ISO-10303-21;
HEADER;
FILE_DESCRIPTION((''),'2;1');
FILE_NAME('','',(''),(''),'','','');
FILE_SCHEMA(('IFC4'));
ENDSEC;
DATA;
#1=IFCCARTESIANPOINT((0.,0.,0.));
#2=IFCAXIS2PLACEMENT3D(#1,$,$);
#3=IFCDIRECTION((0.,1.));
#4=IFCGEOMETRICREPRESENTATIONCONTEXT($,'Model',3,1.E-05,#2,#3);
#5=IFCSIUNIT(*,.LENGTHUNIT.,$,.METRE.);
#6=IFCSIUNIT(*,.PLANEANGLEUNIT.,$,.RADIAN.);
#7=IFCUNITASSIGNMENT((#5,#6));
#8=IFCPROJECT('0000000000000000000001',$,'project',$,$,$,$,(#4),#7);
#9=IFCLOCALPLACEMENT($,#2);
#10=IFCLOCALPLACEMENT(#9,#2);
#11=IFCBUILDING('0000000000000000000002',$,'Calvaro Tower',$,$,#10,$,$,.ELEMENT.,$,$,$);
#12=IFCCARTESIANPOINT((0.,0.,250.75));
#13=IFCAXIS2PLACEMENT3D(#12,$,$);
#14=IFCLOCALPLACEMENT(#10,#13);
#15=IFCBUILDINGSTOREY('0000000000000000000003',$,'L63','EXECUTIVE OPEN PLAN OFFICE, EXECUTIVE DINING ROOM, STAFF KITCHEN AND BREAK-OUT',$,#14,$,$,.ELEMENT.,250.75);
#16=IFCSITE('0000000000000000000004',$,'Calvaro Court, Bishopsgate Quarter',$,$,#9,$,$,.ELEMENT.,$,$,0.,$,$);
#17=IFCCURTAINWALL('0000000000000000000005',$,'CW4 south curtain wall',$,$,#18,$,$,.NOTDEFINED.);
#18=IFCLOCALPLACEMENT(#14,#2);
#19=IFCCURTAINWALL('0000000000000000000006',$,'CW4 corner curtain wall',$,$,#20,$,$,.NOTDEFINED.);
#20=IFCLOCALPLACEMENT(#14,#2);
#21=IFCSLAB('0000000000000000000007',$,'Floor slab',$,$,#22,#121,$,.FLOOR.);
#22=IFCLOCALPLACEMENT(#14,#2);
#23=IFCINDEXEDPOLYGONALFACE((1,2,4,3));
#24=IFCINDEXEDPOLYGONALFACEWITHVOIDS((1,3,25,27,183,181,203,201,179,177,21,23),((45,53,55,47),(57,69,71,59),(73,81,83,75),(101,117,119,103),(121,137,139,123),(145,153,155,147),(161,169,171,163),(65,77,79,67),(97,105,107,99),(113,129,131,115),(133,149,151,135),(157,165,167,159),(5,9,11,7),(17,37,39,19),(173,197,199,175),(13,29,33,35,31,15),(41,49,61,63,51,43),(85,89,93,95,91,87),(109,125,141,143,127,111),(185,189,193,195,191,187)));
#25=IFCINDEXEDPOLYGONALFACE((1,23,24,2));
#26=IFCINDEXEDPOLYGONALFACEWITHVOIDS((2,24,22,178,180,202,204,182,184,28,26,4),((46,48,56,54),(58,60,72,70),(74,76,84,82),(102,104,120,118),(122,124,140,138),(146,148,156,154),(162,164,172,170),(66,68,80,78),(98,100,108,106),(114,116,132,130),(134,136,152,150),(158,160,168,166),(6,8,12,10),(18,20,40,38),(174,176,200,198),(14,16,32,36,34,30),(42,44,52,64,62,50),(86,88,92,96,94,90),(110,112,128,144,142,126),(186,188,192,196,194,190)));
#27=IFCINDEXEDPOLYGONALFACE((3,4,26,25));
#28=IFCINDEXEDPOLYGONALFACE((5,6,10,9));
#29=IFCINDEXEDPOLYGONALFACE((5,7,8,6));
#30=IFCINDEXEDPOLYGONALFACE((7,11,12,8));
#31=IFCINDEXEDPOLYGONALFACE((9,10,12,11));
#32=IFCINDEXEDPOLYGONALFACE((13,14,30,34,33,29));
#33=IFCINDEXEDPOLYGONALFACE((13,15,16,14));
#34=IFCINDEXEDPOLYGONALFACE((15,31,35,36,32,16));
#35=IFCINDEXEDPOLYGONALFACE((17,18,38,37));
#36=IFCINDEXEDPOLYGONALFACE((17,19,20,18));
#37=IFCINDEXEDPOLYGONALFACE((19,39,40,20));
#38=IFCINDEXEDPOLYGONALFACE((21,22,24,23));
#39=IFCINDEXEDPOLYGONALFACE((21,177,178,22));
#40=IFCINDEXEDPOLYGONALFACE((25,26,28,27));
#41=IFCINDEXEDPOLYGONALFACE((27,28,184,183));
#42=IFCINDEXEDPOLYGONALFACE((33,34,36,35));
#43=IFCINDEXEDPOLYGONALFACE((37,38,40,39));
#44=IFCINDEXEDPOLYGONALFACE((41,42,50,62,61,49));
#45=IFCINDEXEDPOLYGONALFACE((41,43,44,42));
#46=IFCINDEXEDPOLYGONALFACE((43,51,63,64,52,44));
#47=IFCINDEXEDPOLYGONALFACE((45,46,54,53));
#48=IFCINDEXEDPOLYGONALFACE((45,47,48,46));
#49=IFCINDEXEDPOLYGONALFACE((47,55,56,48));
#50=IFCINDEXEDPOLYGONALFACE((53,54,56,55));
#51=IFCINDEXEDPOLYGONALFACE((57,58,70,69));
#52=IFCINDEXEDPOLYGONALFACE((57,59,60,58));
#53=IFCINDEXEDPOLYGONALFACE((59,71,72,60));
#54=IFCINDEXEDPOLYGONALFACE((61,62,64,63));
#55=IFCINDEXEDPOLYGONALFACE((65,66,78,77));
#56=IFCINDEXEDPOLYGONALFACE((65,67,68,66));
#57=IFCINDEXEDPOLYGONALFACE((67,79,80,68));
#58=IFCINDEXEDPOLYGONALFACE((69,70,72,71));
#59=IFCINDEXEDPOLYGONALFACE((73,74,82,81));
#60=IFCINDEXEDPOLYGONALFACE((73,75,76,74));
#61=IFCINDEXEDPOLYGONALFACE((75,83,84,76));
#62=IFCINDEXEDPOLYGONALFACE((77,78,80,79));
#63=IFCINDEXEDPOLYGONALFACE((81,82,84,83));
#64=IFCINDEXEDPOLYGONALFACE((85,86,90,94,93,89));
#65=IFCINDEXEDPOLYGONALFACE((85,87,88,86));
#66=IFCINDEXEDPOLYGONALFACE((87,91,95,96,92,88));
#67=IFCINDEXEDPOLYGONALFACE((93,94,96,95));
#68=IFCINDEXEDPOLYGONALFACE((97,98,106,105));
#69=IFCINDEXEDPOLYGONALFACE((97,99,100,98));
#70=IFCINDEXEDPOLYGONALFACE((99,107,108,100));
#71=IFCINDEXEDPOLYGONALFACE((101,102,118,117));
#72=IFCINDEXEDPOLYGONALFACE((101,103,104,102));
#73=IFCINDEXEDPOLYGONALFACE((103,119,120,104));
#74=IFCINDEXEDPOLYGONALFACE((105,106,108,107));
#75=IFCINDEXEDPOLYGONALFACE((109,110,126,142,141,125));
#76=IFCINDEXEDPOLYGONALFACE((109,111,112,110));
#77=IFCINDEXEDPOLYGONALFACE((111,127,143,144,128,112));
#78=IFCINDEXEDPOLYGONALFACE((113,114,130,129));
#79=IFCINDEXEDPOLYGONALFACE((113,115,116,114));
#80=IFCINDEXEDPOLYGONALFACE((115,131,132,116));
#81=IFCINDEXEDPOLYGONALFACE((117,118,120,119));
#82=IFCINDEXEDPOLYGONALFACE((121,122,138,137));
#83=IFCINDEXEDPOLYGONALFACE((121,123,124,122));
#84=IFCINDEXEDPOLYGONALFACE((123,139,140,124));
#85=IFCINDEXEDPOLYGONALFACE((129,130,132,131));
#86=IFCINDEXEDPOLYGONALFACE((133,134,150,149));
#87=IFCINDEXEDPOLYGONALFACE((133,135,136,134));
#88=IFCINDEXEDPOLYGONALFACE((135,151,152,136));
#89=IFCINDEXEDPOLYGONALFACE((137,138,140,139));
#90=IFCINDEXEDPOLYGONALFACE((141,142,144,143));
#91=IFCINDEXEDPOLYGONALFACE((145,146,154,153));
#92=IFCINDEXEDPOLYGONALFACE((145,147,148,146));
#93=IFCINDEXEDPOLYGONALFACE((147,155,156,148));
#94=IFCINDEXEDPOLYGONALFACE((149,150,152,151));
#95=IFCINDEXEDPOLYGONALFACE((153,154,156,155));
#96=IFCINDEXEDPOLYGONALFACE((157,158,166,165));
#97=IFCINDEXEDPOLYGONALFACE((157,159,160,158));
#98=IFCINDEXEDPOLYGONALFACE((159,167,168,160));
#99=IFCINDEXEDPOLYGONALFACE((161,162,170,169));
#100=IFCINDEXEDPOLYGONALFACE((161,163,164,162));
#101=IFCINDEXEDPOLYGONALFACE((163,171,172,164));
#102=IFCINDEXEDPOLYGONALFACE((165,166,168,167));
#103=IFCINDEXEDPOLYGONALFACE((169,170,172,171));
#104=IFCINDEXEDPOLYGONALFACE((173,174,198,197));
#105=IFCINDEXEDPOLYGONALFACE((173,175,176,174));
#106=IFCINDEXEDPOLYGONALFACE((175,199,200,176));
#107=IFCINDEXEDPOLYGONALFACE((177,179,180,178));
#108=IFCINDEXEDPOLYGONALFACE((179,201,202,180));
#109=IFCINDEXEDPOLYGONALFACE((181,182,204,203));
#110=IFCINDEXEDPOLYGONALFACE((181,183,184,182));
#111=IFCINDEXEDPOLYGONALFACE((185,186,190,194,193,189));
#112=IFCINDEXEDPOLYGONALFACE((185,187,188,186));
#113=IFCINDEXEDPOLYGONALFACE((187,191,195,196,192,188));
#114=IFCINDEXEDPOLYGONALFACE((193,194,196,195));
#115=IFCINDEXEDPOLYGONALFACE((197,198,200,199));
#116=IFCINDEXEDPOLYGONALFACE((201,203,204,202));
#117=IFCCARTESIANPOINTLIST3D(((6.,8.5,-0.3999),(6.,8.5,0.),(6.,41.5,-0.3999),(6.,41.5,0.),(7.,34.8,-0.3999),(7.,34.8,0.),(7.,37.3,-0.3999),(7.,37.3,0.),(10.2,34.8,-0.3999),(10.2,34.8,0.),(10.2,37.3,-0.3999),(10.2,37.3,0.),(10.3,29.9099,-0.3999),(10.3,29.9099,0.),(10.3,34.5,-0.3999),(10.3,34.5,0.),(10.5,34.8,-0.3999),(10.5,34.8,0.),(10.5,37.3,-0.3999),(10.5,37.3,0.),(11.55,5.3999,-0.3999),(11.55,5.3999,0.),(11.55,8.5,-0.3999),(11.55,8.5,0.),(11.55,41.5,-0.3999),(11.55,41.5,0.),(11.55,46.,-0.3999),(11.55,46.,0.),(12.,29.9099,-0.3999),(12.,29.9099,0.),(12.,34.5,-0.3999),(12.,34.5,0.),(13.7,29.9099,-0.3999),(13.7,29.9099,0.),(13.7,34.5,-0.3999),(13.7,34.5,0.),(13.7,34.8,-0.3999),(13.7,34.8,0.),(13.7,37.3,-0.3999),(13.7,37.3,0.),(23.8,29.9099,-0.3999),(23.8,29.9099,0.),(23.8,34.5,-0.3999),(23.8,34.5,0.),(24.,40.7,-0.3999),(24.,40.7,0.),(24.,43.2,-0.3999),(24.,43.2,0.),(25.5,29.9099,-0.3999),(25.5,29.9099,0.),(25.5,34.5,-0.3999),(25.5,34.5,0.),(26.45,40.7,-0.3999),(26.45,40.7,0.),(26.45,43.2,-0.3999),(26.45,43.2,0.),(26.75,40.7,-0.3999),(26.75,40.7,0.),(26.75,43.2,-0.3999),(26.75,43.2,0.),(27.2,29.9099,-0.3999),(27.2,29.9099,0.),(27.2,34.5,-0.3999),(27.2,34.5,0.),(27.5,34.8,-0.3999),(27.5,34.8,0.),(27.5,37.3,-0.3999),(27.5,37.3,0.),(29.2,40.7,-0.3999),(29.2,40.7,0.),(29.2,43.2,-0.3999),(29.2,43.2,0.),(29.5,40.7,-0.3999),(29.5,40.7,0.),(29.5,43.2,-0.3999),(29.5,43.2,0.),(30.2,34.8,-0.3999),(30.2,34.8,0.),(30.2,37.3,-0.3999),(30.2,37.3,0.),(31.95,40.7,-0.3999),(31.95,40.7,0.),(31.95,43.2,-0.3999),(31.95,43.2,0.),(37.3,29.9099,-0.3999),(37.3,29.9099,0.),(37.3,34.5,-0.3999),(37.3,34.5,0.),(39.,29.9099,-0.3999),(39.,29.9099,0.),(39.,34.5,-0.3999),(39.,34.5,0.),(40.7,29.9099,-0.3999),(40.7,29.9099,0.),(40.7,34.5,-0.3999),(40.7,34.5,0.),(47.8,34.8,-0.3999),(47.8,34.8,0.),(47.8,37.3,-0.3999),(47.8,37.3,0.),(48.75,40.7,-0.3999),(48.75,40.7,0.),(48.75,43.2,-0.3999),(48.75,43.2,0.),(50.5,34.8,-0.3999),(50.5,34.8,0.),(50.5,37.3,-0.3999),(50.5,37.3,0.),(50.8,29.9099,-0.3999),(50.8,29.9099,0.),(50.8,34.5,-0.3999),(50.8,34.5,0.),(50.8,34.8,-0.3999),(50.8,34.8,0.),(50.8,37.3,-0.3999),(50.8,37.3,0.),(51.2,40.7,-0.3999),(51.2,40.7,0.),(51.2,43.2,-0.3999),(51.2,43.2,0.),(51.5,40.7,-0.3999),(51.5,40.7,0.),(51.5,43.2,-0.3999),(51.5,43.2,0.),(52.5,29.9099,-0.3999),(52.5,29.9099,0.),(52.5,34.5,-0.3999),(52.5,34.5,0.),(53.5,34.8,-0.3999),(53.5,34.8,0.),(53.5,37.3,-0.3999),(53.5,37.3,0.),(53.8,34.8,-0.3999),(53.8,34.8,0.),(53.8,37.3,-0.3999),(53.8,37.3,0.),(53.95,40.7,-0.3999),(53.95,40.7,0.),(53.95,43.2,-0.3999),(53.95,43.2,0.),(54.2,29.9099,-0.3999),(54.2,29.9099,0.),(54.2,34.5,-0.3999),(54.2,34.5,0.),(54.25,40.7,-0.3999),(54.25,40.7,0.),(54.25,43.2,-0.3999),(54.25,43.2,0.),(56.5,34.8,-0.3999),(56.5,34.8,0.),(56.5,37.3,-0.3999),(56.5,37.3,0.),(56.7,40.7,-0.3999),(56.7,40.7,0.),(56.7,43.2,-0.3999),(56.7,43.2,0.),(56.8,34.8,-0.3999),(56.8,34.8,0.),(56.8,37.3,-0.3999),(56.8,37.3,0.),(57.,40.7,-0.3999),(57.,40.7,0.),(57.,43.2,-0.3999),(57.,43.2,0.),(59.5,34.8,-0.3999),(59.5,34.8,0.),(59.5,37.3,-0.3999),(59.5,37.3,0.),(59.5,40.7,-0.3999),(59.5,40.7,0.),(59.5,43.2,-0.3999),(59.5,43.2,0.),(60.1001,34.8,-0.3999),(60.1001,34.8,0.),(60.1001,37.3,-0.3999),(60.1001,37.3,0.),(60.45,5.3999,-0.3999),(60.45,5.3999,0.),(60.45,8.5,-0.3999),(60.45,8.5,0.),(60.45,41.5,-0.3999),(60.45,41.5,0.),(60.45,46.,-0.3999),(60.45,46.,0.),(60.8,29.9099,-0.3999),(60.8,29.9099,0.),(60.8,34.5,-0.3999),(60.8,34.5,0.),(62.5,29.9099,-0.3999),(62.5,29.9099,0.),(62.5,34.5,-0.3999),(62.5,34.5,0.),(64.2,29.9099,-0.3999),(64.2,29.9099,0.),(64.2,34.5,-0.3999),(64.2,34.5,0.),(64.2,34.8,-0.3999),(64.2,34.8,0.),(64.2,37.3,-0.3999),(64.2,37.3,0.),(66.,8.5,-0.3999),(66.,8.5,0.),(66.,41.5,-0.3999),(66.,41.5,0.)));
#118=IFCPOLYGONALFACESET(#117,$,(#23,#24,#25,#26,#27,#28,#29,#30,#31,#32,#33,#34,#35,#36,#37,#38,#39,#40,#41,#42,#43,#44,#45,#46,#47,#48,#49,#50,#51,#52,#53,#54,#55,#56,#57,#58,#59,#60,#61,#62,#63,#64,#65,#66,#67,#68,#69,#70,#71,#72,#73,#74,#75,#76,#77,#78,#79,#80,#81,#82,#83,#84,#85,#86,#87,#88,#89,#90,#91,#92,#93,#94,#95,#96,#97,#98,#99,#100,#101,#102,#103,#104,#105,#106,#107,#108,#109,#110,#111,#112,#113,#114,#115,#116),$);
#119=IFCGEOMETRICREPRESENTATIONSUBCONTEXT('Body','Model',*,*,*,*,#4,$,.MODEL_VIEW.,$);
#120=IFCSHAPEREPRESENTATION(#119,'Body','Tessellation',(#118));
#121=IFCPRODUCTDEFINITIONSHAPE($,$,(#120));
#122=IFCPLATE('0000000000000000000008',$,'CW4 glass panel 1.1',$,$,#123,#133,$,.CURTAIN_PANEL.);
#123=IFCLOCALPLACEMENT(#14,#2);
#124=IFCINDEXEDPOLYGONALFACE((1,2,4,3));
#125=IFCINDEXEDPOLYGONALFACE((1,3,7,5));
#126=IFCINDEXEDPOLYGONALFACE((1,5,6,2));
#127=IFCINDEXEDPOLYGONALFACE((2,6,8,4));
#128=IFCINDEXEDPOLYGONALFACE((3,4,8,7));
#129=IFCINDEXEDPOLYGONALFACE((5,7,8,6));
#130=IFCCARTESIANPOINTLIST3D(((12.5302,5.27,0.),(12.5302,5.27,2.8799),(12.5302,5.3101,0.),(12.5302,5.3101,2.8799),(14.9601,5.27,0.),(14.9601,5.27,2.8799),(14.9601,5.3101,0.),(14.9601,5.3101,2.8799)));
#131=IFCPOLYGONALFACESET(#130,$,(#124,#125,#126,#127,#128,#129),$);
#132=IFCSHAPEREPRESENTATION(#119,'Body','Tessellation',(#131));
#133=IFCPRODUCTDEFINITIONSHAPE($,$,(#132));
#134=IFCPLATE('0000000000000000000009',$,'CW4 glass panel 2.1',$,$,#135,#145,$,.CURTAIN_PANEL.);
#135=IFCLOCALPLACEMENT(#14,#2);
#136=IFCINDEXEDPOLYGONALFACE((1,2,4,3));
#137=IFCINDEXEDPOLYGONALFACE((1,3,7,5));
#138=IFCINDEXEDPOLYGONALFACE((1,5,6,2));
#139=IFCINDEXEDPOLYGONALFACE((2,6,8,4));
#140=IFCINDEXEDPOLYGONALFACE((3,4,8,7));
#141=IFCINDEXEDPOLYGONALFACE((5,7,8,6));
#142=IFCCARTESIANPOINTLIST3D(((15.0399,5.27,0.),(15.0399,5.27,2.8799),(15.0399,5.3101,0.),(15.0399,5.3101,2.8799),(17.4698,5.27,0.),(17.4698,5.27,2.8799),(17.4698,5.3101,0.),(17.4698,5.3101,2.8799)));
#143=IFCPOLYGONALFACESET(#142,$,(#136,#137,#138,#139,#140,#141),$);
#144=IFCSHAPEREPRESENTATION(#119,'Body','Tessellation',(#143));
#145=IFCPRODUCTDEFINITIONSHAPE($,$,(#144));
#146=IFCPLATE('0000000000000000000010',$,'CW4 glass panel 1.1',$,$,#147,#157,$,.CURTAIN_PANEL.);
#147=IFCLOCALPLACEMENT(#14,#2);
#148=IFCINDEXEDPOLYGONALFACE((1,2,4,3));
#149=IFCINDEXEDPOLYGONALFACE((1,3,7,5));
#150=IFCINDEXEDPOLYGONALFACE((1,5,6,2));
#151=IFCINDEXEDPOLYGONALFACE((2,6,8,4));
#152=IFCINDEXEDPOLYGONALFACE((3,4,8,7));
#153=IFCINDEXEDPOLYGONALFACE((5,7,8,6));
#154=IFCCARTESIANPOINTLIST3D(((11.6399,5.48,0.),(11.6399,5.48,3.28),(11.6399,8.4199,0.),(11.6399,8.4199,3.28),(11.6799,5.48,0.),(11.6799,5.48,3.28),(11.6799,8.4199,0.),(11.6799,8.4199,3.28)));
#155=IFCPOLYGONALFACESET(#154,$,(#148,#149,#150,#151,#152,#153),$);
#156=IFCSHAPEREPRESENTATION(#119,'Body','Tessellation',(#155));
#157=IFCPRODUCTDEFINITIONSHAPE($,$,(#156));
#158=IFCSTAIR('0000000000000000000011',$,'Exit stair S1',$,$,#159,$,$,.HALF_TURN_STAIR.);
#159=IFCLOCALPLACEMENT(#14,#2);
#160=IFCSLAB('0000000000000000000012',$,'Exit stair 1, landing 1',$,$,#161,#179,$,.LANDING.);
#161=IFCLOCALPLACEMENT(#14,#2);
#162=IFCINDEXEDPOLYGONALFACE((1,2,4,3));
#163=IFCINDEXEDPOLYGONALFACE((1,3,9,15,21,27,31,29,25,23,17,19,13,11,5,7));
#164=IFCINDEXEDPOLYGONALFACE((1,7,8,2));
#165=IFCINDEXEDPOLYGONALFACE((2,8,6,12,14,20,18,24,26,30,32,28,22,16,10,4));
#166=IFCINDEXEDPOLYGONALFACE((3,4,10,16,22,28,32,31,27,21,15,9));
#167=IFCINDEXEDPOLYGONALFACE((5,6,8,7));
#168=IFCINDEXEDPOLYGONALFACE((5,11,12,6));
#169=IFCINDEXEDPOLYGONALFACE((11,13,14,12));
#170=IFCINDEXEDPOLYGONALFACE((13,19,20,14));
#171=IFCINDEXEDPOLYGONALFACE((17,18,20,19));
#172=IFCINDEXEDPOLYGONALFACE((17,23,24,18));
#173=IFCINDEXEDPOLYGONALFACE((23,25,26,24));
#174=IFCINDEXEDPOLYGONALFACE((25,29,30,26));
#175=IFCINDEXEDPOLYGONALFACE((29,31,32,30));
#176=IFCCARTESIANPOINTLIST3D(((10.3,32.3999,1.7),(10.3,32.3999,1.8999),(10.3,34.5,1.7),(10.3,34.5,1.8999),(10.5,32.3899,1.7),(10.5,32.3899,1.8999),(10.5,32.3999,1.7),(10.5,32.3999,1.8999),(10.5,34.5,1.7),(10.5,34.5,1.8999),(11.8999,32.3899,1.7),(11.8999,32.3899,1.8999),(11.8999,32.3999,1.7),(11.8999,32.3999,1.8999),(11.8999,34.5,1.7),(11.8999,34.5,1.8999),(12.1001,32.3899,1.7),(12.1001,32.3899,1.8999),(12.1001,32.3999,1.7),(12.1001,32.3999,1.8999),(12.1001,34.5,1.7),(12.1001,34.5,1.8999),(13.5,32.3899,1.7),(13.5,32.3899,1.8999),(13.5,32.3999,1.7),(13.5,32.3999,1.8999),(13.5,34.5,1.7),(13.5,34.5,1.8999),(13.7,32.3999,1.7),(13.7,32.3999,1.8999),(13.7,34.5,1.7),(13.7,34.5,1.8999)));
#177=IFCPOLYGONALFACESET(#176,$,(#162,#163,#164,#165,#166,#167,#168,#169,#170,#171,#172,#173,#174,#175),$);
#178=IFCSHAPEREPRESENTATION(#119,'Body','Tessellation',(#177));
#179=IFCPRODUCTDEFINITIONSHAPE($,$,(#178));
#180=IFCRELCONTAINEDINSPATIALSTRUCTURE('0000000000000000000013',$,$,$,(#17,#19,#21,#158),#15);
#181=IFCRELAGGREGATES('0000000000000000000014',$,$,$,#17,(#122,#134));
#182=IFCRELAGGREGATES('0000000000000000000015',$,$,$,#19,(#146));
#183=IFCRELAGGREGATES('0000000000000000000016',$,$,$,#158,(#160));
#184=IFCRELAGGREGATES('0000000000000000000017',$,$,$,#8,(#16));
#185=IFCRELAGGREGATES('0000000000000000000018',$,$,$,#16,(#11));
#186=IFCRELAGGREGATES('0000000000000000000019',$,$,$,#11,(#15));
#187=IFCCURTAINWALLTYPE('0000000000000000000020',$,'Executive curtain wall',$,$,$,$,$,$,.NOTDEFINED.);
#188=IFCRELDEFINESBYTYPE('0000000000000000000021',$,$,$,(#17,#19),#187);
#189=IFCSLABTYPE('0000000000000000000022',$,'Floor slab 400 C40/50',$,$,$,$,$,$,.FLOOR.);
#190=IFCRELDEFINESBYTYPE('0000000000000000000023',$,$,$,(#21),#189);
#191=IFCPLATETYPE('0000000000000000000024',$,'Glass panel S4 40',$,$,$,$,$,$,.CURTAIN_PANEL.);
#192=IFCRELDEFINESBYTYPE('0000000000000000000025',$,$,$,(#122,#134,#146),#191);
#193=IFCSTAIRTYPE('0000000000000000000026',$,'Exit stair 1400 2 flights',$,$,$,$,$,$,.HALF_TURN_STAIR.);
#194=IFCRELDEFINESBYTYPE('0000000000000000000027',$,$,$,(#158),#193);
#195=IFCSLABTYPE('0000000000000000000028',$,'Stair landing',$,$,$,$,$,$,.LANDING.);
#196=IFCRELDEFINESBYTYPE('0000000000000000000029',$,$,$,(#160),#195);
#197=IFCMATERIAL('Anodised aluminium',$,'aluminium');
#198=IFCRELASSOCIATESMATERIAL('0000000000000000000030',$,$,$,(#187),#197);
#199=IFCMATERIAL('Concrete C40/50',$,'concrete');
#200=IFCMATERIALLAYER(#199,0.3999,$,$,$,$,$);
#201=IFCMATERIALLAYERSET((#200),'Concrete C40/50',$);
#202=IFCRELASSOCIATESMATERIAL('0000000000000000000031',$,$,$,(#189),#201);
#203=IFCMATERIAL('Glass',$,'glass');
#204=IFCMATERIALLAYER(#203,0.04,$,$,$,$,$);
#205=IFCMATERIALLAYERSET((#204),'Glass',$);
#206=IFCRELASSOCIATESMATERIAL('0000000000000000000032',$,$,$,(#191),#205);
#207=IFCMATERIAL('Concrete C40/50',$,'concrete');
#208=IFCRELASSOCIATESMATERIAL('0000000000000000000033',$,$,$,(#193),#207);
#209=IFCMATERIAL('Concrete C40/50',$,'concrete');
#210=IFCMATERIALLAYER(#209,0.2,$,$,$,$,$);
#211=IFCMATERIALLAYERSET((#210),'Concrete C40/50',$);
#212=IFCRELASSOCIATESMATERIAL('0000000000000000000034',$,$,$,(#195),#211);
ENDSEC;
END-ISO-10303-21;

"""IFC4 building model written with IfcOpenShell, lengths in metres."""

from ifc_helpers import new_model, si_unit, direction, frame, origin, origin_2d, place, context, subcontext, project, spatial, polyline, rectangle, outline, extrude, material, layer, layer_set, type_object, element, aggregate, save


model = new_model("IFC4")

# Units and contexts
model_context = context("Model", 3, precision=1e-05, world=origin(), true_north=direction((0.0, 1.0)))
body_context = subcontext(model_context, "Body", "Model", "MODEL_VIEW")
ifc_project = project(units=[si_unit("LENGTHUNIT", "METRE"), si_unit("PLANEANGLEUNIT", "RADIAN")], contexts=[model_context])

# Site, building, storey
site_placement = place(None, origin())
site = spatial("IfcSite", under=ifc_project, at=site_placement, Name="Calvaro Court, Bishopsgate Quarter", CompositionType="ELEMENT", RefElevation=0.0)
building_placement = place(site_placement, origin())
building = spatial("IfcBuilding", under=site, at=building_placement, Name="Calvaro Tower", CompositionType="ELEMENT")
storey_placement = place(building_placement, frame((0.0, 0.0, 250.75)))
storey = spatial("IfcBuildingStorey", under=building, at=storey_placement, Name="L63", Description="EXECUTIVE OPEN PLAN OFFICE, EXECUTIVE DINING ROOM, STAFF KITCHEN AND BREAK-OUT", CompositionType="ELEMENT", Elevation=250.75)

# Curtain wall
ifc_material_1 = material(Name="Anodised aluminium", Category="aluminium")
curtain_wall_type = type_object("IfcCurtainWallType", Name="Executive curtain wall", PredefinedType="NOTDEFINED", material=ifc_material_1)
curtain_wall_1_placement = place(storey_placement, origin())
curtain_wall_1 = element("IfcCurtainWall", 1, at=curtain_wall_1_placement, inside=storey, type_object=curtain_wall_type, Name="CW4 south curtain wall", PredefinedType="NOTDEFINED")

# Curtain wall
curtain_wall_2_placement = place(storey_placement, origin())
curtain_wall_2 = element("IfcCurtainWall", 2, at=curtain_wall_2_placement, inside=storey, type_object=curtain_wall_type, Name="CW4 corner curtain wall", PredefinedType="NOTDEFINED")

# Slab
ifc_material_2 = material(Name="Concrete C40/50", Category="concrete")
ifc_layer_1 = layer(ifc_material_2, 0.3999)
ifc_layer_set_1 = layer_set([ifc_layer_1], Name="Concrete C40/50")
slab_type_1 = type_object("IfcSlabType", Name="Floor slab 400 C40/50", PredefinedType="FLOOR", material=ifc_layer_set_1)
slab_1_placement = place(storey_placement, frame((0.0, 0.0, -0.3999)))
element("IfcSlab", 3, at=slab_1_placement, inside=storey, type_object=slab_type_1, Name="Floor slab", PredefinedType="FLOOR", context=body_context, shape_type="SweptSolid", body=[
    extrude(outline(polyline([(60.45, 8.5), (60.45, 5.3999), (11.55, 5.3999), (11.55, 8.5), (6.0, 8.5), (6.0, 41.5), (11.55, 41.5), (11.55, 46.0), (60.45, 46.0), (60.45, 41.5), (66.0, 41.5), (66.0, 8.5), (60.45, 8.5)]), holes=[polyline([(10.3, 29.9099), (10.3, 34.5), (12.0, 34.5), (13.7, 34.5), (13.7, 29.9099), (12.0, 29.9099), (10.3, 29.9099)]), polyline([(23.8, 29.9099), (23.8, 34.5), (25.5, 34.5), (27.2, 34.5), (27.2, 29.9099), (25.5, 29.9099), (23.8, 29.9099)]), polyline([(37.3, 29.9099), (37.3, 34.5), (39.0, 34.5), (40.7, 34.5), (40.7, 29.9099), (39.0, 29.9099), (37.3, 29.9099)]), polyline([(50.8, 29.9099), (50.8, 34.5), (52.5, 34.5), (54.2, 34.5), (54.2, 29.9099), (52.5, 29.9099), (50.8, 29.9099)]), polyline([(60.8, 29.9099), (60.8, 34.5), (62.5, 34.5), (64.2, 34.5), (64.2, 29.9099), (62.5, 29.9099), (60.8, 29.9099)]), polyline([(50.8, 34.8), (53.5, 34.8), (53.5, 37.3), (50.8, 37.3), (50.8, 34.8)]), polyline([(53.8, 34.8), (56.5, 34.8), (56.5, 37.3), (53.8, 37.3), (53.8, 34.8)]), polyline([(56.8, 34.8), (59.5, 34.8), (59.5, 37.3), (56.8, 37.3), (56.8, 34.8)]), polyline([(24.0, 40.7), (26.45, 40.7), (26.45, 43.2), (24.0, 43.2), (24.0, 40.7)]), polyline([(26.75, 40.7), (29.2, 40.7), (29.2, 43.2), (26.75, 43.2), (26.75, 40.7)]), polyline([(29.5, 40.7), (31.95, 40.7), (31.95, 43.2), (29.5, 43.2), (29.5, 40.7)]), polyline([(48.75, 40.7), (51.2, 40.7), (51.2, 43.2), (48.75, 43.2), (48.75, 40.7)]), polyline([(51.5, 40.7), (53.95, 40.7), (53.95, 43.2), (51.5, 43.2), (51.5, 40.7)]), polyline([(54.25, 40.7), (56.7, 40.7), (56.7, 43.2), (54.25, 43.2), (54.25, 40.7)]), polyline([(57.0, 40.7), (59.5, 40.7), (59.5, 43.2), (57.0, 43.2), (57.0, 40.7)]), polyline([(7.0, 34.8), (10.2, 34.8), (10.2, 37.3), (7.0, 37.3), (7.0, 34.8)]), polyline([(10.5, 34.8), (13.7, 34.8), (13.7, 37.3), (10.5, 37.3), (10.5, 34.8)]), polyline([(60.1001, 34.8), (64.2, 34.8), (64.2, 37.3), (60.1001, 37.3), (60.1001, 34.8)]), polyline([(27.5, 34.8), (30.2, 34.8), (30.2, 37.3), (27.5, 37.3), (27.5, 34.8)]), polyline([(47.8, 34.8), (50.5, 34.8), (50.5, 37.3), (47.8, 37.3), (47.8, 34.8)])]), origin(), (0.0, 0.0, 1.0), 0.3999),
])

# Plates
ifc_material_3 = material(Name="Glass", Category="glass")
ifc_layer_2 = layer(ifc_material_3, 0.04)
ifc_layer_set_2 = layer_set([ifc_layer_2], Name="Glass")
plate_type = type_object("IfcPlateType", Name="Glass panel S4 40", PredefinedType="CURTAIN_PANEL", material=ifc_layer_set_2)
plate_1_placement = place(storey_placement, frame((13.7451, 5.29, 0.0), z_axis=(0.0, 0.0, 1.0), x_axis=(1.0, 0.0, 0.0)))
plate_1 = element("IfcPlate", 4, at=plate_1_placement, type_object=plate_type, Name="CW4 glass panel 1.1", PredefinedType="CURTAIN_PANEL", context=body_context, shape_type="SweptSolid", body=[
    extrude(rectangle(XDim=2.4299, YDim=0.04, at=origin_2d()), origin(), (0.0, 0.0, 1.0), 2.8799),
])
plate_2_placement = place(storey_placement, frame((16.2549, 5.29, 0.0), z_axis=(0.0, 0.0, 1.0), x_axis=(1.0, 0.0, 0.0)))
plate_2 = element("IfcPlate", 5, at=plate_2_placement, type_object=plate_type, Name="CW4 glass panel 2.1", PredefinedType="CURTAIN_PANEL", context=body_context, shape_type="SweptSolid", body=[
    extrude(rectangle(XDim=2.4299, YDim=0.04, at=origin_2d()), origin(), (0.0, 0.0, 1.0), 2.8799),
])
aggregate(curtain_wall_1, [plate_1, plate_2])
plate_3_placement = place(storey_placement, frame((11.6599, 6.95, 0.0), z_axis=(0.0, 0.0, 1.0), x_axis=(0.0, 1.0, 0.0)))
plate_3 = element("IfcPlate", 6, at=plate_3_placement, type_object=plate_type, Name="CW4 glass panel 1.1", PredefinedType="CURTAIN_PANEL", context=body_context, shape_type="SweptSolid", body=[
    extrude(rectangle(XDim=2.9399, YDim=0.04, at=origin_2d()), origin(), (0.0, 0.0, 1.0), 3.28),
])
aggregate(curtain_wall_2, [plate_3])

# Stair, slab
ifc_material_4 = material(Name="Concrete C40/50", Category="concrete")
stair_type = type_object("IfcStairType", Name="Exit stair 1400 2 flights", PredefinedType="HALF_TURN_STAIR", material=ifc_material_4)
stair_1_placement = place(storey_placement, origin())
stair_1 = element("IfcStair", 7, at=stair_1_placement, inside=storey, type_object=stair_type, Name="Exit stair S1", PredefinedType="HALF_TURN_STAIR")
ifc_material_5 = material(Name="Concrete C40/50", Category="concrete")
ifc_layer_3 = layer(ifc_material_5, 0.2)
ifc_layer_set_3 = layer_set([ifc_layer_3], Name="Concrete C40/50")
slab_type_2 = type_object("IfcSlabType", Name="Stair landing", PredefinedType="LANDING", material=ifc_layer_set_3)
slab_2_placement = place(storey_placement, frame((0.0, 0.0, 1.7)))
slab_2 = element("IfcSlab", 8, at=slab_2_placement, type_object=slab_type_2, Name="Exit stair 1, landing 1", PredefinedType="LANDING", context=body_context, shape_type="SweptSolid", body=[
    extrude(outline(polyline([(11.8999, 32.3899), (10.5, 32.3899), (10.5, 32.3999), (10.3, 32.3999), (10.3, 34.5), (10.5, 34.5), (11.8999, 34.5), (12.1001, 34.5), (13.5, 34.5), (13.7, 34.5), (13.7, 32.3999), (13.5, 32.3999), (13.5, 32.3899), (12.1001, 32.3899), (12.1001, 32.3999), (11.8999, 32.3999), (11.8999, 32.3899)])), origin(), (0.0, 0.0, 1.0), 0.2),
])
aggregate(stair_1, [slab_2])

save(model, "model.ifc")
